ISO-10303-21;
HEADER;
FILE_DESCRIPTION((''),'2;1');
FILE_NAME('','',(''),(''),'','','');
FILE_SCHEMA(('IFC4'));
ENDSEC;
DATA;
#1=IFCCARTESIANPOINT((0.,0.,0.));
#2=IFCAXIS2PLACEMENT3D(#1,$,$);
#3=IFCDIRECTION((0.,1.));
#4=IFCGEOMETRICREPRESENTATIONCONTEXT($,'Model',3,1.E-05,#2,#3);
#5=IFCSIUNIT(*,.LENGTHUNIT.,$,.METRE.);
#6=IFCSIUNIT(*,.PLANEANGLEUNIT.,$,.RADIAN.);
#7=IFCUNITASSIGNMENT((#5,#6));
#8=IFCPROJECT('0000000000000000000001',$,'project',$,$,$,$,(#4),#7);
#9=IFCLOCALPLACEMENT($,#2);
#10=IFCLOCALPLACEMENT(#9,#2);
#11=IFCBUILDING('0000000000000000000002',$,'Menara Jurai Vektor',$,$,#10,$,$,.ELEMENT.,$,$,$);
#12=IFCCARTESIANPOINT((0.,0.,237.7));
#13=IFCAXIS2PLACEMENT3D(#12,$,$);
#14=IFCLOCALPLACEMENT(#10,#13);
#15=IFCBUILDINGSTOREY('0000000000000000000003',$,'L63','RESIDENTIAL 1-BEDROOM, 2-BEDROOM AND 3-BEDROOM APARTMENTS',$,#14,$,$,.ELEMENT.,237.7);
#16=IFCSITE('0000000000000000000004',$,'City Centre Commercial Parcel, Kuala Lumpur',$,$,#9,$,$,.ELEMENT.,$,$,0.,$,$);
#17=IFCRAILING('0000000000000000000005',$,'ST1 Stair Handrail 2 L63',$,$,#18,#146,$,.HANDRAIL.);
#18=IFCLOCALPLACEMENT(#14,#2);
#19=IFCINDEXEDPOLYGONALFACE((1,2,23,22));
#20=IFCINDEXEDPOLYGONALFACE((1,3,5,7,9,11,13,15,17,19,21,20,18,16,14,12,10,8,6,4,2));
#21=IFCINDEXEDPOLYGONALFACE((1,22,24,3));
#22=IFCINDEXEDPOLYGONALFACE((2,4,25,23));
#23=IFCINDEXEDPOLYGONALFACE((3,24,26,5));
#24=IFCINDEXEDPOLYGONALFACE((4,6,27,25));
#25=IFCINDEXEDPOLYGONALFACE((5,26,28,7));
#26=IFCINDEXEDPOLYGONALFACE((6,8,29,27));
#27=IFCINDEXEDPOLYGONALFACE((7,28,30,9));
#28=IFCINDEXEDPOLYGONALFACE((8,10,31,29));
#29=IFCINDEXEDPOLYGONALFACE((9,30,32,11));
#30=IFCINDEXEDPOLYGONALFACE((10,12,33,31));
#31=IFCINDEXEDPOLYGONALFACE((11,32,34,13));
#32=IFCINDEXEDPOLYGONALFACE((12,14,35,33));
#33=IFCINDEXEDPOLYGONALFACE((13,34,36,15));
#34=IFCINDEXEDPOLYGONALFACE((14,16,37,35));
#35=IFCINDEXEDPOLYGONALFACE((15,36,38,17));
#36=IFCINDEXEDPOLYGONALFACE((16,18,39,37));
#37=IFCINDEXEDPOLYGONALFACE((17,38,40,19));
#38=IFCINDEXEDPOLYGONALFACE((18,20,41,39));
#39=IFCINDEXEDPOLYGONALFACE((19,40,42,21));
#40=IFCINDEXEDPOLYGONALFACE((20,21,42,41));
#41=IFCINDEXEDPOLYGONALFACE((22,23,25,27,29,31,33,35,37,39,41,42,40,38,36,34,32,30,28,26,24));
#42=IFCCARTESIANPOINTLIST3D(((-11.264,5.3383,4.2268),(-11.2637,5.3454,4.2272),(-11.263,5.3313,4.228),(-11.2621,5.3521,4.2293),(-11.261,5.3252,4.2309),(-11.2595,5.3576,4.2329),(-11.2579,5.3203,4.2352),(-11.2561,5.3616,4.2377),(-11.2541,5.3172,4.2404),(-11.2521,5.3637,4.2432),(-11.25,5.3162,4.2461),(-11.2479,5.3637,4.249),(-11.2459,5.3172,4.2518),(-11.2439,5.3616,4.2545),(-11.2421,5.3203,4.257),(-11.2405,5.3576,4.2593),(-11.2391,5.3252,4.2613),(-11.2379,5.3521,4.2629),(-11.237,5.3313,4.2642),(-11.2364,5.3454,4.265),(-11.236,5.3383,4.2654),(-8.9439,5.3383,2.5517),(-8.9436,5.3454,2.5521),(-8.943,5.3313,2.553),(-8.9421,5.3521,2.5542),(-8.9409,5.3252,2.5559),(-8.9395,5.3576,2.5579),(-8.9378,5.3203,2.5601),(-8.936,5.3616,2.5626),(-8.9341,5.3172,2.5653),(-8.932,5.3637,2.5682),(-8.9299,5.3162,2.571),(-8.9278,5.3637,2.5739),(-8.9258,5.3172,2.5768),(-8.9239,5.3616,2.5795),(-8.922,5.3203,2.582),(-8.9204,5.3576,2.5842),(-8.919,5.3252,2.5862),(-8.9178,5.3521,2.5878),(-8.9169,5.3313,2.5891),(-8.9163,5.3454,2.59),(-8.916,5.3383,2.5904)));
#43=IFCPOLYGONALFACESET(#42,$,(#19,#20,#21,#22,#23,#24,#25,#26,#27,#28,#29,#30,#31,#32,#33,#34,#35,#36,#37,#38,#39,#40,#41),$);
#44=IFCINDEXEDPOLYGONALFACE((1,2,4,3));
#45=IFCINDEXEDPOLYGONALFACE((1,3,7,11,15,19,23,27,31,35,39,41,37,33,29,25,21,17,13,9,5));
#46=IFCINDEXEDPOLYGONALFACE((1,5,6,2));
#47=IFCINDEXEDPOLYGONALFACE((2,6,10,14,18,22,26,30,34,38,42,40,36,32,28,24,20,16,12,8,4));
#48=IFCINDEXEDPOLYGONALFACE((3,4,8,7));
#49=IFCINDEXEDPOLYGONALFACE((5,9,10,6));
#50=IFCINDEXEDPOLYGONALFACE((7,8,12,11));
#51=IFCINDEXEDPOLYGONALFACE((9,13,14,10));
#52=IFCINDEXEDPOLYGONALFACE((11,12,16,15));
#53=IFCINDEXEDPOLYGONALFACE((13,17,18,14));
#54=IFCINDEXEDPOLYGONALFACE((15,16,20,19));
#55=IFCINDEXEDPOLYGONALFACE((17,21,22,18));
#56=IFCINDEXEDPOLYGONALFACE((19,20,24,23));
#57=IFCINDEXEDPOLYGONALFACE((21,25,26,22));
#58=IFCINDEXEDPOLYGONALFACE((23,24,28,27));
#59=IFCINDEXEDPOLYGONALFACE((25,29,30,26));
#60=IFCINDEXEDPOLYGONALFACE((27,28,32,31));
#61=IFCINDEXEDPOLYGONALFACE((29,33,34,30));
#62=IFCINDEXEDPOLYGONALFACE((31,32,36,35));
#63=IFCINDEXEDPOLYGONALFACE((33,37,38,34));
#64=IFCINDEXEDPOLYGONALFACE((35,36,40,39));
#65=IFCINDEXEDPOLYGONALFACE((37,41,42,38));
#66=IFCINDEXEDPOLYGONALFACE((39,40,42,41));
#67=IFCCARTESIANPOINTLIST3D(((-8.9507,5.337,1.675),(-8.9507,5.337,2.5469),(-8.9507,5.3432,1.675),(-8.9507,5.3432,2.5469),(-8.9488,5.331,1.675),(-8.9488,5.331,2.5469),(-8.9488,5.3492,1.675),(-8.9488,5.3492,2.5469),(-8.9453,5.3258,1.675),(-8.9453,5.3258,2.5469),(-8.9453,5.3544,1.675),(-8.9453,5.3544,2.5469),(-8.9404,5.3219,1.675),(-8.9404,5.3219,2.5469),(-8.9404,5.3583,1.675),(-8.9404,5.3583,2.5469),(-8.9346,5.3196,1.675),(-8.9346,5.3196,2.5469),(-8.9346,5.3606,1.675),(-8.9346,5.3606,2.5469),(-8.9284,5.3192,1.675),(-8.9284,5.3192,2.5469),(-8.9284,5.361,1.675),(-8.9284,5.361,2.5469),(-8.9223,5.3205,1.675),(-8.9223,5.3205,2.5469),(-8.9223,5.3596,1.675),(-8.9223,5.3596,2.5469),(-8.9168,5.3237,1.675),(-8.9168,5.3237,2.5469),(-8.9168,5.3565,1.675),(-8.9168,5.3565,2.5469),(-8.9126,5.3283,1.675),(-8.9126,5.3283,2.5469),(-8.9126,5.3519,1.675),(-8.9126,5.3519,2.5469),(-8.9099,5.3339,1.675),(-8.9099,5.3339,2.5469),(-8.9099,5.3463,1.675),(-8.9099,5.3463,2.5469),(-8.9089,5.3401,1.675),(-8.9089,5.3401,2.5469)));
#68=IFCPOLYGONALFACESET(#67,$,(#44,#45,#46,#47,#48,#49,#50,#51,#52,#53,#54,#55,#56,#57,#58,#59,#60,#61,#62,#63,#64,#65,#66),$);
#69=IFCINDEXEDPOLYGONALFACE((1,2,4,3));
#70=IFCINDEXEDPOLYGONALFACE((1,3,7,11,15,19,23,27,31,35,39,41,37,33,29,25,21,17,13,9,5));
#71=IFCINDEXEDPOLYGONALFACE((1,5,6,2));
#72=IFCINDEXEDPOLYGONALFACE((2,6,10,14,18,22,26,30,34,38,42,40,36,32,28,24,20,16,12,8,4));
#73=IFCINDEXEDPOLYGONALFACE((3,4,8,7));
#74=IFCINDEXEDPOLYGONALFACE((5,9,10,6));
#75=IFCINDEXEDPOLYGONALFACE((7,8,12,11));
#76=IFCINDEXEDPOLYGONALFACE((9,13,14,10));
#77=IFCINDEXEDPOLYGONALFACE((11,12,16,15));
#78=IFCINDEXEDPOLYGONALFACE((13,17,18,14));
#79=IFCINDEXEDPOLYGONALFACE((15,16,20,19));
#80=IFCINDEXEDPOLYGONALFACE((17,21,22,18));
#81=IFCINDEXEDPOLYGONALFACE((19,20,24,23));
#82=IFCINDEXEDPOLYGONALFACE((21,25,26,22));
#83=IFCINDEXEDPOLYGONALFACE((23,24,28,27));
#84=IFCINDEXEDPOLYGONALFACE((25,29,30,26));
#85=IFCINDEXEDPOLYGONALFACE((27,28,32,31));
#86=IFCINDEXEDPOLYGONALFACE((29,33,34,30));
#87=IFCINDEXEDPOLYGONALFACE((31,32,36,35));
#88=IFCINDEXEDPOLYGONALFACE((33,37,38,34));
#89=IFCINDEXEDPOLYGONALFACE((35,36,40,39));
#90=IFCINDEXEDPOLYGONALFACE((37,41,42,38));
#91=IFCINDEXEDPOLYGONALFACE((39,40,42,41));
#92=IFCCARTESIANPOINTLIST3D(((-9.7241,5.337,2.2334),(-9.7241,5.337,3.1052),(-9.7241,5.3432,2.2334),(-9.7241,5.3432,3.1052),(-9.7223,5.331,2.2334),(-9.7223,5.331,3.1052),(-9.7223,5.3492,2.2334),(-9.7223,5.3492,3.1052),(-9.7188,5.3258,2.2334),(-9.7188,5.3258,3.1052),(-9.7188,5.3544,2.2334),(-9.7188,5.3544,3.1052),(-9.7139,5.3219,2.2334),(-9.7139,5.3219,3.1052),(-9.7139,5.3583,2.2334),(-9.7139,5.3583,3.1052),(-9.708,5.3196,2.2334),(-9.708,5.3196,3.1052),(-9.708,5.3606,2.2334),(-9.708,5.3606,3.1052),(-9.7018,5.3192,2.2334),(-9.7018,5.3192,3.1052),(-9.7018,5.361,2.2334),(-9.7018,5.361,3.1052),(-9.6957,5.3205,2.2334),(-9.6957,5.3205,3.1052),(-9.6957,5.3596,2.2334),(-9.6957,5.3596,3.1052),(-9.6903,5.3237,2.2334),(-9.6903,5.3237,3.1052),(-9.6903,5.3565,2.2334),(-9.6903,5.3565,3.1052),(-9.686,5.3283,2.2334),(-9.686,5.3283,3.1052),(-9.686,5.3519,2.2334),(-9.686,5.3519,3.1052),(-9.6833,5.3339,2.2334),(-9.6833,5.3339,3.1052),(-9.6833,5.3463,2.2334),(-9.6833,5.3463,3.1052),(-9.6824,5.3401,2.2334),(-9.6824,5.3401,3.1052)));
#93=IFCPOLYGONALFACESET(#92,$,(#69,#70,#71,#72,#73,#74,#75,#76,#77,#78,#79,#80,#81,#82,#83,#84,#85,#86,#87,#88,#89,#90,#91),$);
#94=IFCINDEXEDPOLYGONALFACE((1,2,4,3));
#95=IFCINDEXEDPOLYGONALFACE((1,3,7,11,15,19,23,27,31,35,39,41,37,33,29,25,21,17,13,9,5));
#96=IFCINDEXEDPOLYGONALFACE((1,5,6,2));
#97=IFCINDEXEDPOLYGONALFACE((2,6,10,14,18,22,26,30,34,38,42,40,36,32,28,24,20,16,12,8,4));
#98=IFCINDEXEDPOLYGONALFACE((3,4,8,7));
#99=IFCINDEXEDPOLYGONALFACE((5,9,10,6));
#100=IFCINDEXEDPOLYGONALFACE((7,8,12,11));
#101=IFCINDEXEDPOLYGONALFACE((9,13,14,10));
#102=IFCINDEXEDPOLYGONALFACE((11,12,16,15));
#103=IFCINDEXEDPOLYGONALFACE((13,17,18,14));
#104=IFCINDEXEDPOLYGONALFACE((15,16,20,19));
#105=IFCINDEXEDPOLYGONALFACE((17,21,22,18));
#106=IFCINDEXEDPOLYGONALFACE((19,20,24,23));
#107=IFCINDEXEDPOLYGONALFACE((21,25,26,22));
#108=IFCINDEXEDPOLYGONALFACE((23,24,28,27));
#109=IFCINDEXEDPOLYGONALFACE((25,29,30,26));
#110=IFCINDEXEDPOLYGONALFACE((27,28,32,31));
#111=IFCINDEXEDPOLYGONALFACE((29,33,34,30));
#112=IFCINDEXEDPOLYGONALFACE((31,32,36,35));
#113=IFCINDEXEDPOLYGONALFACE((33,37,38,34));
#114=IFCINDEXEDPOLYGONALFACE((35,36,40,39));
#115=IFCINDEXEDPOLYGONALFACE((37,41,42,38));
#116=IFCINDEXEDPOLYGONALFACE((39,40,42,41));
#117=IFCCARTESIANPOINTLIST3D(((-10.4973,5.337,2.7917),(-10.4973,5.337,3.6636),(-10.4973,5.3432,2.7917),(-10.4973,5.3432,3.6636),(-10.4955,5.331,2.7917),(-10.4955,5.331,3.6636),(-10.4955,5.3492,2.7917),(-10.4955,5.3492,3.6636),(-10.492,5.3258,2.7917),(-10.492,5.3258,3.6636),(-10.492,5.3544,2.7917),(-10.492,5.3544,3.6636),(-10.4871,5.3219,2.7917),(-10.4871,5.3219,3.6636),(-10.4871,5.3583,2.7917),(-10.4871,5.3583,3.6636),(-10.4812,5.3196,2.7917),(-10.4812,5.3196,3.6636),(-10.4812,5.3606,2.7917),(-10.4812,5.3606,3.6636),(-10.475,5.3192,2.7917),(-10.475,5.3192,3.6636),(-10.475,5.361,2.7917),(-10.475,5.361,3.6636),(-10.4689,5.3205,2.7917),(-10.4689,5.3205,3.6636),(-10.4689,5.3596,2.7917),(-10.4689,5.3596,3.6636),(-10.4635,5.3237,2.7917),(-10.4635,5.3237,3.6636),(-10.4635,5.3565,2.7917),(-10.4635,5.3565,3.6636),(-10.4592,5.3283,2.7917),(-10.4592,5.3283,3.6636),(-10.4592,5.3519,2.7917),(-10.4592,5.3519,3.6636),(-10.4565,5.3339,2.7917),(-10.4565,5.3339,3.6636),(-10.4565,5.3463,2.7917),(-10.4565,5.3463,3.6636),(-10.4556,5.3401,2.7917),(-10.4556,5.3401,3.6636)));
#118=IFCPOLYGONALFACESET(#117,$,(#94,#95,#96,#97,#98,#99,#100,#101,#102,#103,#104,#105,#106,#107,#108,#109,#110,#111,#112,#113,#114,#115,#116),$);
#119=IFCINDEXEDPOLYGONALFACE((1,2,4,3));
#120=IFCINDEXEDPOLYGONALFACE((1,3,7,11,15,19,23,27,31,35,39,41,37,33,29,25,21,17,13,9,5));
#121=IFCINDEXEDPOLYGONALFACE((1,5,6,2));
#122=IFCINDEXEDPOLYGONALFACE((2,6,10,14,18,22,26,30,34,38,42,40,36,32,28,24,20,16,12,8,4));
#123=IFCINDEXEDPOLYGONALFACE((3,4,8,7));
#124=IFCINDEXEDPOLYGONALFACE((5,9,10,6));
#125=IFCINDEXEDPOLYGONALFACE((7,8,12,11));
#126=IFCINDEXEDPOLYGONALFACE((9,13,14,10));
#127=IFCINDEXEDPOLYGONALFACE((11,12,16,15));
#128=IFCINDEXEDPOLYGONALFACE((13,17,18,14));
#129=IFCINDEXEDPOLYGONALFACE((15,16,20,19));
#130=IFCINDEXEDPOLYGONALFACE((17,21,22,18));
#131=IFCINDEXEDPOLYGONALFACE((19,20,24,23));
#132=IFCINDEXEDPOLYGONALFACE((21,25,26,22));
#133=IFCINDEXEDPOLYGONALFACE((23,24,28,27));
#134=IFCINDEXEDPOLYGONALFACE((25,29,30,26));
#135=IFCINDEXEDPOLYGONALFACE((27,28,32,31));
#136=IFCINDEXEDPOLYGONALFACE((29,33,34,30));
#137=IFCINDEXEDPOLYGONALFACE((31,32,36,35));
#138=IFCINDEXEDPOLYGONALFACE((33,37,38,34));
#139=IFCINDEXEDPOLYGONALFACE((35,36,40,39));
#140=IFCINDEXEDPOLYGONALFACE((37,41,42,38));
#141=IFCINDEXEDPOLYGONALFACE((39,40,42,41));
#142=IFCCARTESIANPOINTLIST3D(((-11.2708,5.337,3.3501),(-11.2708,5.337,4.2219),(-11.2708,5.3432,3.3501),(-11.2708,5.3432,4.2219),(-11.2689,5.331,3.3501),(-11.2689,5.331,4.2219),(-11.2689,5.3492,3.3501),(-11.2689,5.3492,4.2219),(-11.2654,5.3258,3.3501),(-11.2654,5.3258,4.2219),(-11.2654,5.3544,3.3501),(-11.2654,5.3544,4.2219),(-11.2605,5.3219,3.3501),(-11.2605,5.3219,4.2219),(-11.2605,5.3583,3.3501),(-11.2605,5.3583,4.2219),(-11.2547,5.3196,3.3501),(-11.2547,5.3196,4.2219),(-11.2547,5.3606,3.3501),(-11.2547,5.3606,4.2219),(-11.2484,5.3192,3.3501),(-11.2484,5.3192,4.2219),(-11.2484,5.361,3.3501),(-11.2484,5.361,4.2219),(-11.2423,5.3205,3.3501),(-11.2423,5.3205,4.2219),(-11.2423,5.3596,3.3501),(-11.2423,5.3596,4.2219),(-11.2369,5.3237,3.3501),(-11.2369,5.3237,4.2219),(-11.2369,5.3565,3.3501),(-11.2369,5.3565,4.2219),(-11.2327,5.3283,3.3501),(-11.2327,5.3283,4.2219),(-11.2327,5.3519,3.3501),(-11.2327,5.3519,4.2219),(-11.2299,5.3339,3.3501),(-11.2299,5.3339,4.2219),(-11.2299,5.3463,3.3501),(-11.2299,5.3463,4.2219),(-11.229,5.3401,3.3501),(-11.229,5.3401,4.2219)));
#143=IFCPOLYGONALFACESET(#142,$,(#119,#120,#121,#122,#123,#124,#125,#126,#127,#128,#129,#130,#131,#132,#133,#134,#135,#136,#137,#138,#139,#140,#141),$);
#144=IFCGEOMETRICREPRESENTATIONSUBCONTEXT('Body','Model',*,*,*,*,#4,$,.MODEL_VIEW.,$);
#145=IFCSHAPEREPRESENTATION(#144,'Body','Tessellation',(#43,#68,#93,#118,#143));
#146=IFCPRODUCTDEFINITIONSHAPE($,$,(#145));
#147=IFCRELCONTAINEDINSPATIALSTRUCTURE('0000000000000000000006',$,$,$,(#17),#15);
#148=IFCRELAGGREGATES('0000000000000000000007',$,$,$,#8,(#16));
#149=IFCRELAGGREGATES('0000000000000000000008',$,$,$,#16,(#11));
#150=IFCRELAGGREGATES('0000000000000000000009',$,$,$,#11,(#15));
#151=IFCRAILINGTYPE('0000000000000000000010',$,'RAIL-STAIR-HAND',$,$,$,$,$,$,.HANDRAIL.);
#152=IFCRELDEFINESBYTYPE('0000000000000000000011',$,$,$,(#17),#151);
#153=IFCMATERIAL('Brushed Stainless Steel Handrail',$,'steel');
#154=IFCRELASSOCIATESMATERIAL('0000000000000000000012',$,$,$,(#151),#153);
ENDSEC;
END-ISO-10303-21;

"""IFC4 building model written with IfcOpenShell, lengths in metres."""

from ifc_helpers import new_model, si_unit, direction, frame, origin, origin_2d, place, context, subcontext, project, spatial, circle, extrude, material, type_object, element, save


model = new_model("IFC4")

# Units and contexts
model_context = context("Model", 3, precision=1e-05, world=origin(), true_north=direction((0.0, 1.0)))
body_context = subcontext(model_context, "Body", "Model", "MODEL_VIEW")
ifc_project = project(units=[si_unit("LENGTHUNIT", "METRE"), si_unit("PLANEANGLEUNIT", "RADIAN")], contexts=[model_context])

# Site, building, storey
site_placement = place(None, origin())
site = spatial("IfcSite", under=ifc_project, at=site_placement, Name="City Centre Commercial Parcel, Kuala Lumpur", CompositionType="ELEMENT", RefElevation=0.0)
building_placement = place(site_placement, origin())
building = spatial("IfcBuilding", under=site, at=building_placement, Name="Menara Jurai Vektor", CompositionType="ELEMENT")
storey_placement = place(building_placement, frame((0.0, 0.0, 237.7)))
storey = spatial("IfcBuildingStorey", under=building, at=storey_placement, Name="L63", Description="RESIDENTIAL 1-BEDROOM, 2-BEDROOM AND 3-BEDROOM APARTMENTS", CompositionType="ELEMENT", Elevation=237.7)

# Railing
ifc_material_1 = material(Name="Brushed Stainless Steel Handrail", Category="steel")
railing_type_1 = type_object("IfcRailingType", Name="RAIL-STAIR-HAND", PredefinedType="HANDRAIL", material=ifc_material_1)
railing_1_placement = place(storey_placement, frame((-8.9299, 5.3401, 1.675)))
element("IfcRailing", 1, at=railing_1_placement, inside=storey, type_object=railing_type_1, Name="ST1 Stair Handrail 2 L63", PredefinedType="HANDRAIL", context=body_context, shape_type="SweptSolid", body=[
    extrude(circle(Radius=0.0239, at=origin_2d()), frame((0.0, 0.0, 0.896), z_axis=(-0.810771, 0.0, 0.585363), x_axis=(0.0, -1.0, 0.0)), (0.0, 0.0, 1.0), 2.8616),
    extrude(circle(Radius=0.021, at=origin_2d()), origin(), (0.0, 0.0, 1.0), 0.8718),
    extrude(circle(Radius=0.021, at=origin_2d()), frame((-0.7734, 0.0, 0.5583)), (0.0, 0.0, 1.0), 0.8718),
    extrude(circle(Radius=0.021, at=origin_2d()), frame((-1.5466, 0.0, 1.1167)), (0.0, 0.0, 1.0), 0.8718),
    extrude(circle(Radius=0.021, at=origin_2d()), frame((-2.3201, 0.0, 1.675)), (0.0, 0.0, 1.0), 0.8718),
])

save(model, "model.ifc")
